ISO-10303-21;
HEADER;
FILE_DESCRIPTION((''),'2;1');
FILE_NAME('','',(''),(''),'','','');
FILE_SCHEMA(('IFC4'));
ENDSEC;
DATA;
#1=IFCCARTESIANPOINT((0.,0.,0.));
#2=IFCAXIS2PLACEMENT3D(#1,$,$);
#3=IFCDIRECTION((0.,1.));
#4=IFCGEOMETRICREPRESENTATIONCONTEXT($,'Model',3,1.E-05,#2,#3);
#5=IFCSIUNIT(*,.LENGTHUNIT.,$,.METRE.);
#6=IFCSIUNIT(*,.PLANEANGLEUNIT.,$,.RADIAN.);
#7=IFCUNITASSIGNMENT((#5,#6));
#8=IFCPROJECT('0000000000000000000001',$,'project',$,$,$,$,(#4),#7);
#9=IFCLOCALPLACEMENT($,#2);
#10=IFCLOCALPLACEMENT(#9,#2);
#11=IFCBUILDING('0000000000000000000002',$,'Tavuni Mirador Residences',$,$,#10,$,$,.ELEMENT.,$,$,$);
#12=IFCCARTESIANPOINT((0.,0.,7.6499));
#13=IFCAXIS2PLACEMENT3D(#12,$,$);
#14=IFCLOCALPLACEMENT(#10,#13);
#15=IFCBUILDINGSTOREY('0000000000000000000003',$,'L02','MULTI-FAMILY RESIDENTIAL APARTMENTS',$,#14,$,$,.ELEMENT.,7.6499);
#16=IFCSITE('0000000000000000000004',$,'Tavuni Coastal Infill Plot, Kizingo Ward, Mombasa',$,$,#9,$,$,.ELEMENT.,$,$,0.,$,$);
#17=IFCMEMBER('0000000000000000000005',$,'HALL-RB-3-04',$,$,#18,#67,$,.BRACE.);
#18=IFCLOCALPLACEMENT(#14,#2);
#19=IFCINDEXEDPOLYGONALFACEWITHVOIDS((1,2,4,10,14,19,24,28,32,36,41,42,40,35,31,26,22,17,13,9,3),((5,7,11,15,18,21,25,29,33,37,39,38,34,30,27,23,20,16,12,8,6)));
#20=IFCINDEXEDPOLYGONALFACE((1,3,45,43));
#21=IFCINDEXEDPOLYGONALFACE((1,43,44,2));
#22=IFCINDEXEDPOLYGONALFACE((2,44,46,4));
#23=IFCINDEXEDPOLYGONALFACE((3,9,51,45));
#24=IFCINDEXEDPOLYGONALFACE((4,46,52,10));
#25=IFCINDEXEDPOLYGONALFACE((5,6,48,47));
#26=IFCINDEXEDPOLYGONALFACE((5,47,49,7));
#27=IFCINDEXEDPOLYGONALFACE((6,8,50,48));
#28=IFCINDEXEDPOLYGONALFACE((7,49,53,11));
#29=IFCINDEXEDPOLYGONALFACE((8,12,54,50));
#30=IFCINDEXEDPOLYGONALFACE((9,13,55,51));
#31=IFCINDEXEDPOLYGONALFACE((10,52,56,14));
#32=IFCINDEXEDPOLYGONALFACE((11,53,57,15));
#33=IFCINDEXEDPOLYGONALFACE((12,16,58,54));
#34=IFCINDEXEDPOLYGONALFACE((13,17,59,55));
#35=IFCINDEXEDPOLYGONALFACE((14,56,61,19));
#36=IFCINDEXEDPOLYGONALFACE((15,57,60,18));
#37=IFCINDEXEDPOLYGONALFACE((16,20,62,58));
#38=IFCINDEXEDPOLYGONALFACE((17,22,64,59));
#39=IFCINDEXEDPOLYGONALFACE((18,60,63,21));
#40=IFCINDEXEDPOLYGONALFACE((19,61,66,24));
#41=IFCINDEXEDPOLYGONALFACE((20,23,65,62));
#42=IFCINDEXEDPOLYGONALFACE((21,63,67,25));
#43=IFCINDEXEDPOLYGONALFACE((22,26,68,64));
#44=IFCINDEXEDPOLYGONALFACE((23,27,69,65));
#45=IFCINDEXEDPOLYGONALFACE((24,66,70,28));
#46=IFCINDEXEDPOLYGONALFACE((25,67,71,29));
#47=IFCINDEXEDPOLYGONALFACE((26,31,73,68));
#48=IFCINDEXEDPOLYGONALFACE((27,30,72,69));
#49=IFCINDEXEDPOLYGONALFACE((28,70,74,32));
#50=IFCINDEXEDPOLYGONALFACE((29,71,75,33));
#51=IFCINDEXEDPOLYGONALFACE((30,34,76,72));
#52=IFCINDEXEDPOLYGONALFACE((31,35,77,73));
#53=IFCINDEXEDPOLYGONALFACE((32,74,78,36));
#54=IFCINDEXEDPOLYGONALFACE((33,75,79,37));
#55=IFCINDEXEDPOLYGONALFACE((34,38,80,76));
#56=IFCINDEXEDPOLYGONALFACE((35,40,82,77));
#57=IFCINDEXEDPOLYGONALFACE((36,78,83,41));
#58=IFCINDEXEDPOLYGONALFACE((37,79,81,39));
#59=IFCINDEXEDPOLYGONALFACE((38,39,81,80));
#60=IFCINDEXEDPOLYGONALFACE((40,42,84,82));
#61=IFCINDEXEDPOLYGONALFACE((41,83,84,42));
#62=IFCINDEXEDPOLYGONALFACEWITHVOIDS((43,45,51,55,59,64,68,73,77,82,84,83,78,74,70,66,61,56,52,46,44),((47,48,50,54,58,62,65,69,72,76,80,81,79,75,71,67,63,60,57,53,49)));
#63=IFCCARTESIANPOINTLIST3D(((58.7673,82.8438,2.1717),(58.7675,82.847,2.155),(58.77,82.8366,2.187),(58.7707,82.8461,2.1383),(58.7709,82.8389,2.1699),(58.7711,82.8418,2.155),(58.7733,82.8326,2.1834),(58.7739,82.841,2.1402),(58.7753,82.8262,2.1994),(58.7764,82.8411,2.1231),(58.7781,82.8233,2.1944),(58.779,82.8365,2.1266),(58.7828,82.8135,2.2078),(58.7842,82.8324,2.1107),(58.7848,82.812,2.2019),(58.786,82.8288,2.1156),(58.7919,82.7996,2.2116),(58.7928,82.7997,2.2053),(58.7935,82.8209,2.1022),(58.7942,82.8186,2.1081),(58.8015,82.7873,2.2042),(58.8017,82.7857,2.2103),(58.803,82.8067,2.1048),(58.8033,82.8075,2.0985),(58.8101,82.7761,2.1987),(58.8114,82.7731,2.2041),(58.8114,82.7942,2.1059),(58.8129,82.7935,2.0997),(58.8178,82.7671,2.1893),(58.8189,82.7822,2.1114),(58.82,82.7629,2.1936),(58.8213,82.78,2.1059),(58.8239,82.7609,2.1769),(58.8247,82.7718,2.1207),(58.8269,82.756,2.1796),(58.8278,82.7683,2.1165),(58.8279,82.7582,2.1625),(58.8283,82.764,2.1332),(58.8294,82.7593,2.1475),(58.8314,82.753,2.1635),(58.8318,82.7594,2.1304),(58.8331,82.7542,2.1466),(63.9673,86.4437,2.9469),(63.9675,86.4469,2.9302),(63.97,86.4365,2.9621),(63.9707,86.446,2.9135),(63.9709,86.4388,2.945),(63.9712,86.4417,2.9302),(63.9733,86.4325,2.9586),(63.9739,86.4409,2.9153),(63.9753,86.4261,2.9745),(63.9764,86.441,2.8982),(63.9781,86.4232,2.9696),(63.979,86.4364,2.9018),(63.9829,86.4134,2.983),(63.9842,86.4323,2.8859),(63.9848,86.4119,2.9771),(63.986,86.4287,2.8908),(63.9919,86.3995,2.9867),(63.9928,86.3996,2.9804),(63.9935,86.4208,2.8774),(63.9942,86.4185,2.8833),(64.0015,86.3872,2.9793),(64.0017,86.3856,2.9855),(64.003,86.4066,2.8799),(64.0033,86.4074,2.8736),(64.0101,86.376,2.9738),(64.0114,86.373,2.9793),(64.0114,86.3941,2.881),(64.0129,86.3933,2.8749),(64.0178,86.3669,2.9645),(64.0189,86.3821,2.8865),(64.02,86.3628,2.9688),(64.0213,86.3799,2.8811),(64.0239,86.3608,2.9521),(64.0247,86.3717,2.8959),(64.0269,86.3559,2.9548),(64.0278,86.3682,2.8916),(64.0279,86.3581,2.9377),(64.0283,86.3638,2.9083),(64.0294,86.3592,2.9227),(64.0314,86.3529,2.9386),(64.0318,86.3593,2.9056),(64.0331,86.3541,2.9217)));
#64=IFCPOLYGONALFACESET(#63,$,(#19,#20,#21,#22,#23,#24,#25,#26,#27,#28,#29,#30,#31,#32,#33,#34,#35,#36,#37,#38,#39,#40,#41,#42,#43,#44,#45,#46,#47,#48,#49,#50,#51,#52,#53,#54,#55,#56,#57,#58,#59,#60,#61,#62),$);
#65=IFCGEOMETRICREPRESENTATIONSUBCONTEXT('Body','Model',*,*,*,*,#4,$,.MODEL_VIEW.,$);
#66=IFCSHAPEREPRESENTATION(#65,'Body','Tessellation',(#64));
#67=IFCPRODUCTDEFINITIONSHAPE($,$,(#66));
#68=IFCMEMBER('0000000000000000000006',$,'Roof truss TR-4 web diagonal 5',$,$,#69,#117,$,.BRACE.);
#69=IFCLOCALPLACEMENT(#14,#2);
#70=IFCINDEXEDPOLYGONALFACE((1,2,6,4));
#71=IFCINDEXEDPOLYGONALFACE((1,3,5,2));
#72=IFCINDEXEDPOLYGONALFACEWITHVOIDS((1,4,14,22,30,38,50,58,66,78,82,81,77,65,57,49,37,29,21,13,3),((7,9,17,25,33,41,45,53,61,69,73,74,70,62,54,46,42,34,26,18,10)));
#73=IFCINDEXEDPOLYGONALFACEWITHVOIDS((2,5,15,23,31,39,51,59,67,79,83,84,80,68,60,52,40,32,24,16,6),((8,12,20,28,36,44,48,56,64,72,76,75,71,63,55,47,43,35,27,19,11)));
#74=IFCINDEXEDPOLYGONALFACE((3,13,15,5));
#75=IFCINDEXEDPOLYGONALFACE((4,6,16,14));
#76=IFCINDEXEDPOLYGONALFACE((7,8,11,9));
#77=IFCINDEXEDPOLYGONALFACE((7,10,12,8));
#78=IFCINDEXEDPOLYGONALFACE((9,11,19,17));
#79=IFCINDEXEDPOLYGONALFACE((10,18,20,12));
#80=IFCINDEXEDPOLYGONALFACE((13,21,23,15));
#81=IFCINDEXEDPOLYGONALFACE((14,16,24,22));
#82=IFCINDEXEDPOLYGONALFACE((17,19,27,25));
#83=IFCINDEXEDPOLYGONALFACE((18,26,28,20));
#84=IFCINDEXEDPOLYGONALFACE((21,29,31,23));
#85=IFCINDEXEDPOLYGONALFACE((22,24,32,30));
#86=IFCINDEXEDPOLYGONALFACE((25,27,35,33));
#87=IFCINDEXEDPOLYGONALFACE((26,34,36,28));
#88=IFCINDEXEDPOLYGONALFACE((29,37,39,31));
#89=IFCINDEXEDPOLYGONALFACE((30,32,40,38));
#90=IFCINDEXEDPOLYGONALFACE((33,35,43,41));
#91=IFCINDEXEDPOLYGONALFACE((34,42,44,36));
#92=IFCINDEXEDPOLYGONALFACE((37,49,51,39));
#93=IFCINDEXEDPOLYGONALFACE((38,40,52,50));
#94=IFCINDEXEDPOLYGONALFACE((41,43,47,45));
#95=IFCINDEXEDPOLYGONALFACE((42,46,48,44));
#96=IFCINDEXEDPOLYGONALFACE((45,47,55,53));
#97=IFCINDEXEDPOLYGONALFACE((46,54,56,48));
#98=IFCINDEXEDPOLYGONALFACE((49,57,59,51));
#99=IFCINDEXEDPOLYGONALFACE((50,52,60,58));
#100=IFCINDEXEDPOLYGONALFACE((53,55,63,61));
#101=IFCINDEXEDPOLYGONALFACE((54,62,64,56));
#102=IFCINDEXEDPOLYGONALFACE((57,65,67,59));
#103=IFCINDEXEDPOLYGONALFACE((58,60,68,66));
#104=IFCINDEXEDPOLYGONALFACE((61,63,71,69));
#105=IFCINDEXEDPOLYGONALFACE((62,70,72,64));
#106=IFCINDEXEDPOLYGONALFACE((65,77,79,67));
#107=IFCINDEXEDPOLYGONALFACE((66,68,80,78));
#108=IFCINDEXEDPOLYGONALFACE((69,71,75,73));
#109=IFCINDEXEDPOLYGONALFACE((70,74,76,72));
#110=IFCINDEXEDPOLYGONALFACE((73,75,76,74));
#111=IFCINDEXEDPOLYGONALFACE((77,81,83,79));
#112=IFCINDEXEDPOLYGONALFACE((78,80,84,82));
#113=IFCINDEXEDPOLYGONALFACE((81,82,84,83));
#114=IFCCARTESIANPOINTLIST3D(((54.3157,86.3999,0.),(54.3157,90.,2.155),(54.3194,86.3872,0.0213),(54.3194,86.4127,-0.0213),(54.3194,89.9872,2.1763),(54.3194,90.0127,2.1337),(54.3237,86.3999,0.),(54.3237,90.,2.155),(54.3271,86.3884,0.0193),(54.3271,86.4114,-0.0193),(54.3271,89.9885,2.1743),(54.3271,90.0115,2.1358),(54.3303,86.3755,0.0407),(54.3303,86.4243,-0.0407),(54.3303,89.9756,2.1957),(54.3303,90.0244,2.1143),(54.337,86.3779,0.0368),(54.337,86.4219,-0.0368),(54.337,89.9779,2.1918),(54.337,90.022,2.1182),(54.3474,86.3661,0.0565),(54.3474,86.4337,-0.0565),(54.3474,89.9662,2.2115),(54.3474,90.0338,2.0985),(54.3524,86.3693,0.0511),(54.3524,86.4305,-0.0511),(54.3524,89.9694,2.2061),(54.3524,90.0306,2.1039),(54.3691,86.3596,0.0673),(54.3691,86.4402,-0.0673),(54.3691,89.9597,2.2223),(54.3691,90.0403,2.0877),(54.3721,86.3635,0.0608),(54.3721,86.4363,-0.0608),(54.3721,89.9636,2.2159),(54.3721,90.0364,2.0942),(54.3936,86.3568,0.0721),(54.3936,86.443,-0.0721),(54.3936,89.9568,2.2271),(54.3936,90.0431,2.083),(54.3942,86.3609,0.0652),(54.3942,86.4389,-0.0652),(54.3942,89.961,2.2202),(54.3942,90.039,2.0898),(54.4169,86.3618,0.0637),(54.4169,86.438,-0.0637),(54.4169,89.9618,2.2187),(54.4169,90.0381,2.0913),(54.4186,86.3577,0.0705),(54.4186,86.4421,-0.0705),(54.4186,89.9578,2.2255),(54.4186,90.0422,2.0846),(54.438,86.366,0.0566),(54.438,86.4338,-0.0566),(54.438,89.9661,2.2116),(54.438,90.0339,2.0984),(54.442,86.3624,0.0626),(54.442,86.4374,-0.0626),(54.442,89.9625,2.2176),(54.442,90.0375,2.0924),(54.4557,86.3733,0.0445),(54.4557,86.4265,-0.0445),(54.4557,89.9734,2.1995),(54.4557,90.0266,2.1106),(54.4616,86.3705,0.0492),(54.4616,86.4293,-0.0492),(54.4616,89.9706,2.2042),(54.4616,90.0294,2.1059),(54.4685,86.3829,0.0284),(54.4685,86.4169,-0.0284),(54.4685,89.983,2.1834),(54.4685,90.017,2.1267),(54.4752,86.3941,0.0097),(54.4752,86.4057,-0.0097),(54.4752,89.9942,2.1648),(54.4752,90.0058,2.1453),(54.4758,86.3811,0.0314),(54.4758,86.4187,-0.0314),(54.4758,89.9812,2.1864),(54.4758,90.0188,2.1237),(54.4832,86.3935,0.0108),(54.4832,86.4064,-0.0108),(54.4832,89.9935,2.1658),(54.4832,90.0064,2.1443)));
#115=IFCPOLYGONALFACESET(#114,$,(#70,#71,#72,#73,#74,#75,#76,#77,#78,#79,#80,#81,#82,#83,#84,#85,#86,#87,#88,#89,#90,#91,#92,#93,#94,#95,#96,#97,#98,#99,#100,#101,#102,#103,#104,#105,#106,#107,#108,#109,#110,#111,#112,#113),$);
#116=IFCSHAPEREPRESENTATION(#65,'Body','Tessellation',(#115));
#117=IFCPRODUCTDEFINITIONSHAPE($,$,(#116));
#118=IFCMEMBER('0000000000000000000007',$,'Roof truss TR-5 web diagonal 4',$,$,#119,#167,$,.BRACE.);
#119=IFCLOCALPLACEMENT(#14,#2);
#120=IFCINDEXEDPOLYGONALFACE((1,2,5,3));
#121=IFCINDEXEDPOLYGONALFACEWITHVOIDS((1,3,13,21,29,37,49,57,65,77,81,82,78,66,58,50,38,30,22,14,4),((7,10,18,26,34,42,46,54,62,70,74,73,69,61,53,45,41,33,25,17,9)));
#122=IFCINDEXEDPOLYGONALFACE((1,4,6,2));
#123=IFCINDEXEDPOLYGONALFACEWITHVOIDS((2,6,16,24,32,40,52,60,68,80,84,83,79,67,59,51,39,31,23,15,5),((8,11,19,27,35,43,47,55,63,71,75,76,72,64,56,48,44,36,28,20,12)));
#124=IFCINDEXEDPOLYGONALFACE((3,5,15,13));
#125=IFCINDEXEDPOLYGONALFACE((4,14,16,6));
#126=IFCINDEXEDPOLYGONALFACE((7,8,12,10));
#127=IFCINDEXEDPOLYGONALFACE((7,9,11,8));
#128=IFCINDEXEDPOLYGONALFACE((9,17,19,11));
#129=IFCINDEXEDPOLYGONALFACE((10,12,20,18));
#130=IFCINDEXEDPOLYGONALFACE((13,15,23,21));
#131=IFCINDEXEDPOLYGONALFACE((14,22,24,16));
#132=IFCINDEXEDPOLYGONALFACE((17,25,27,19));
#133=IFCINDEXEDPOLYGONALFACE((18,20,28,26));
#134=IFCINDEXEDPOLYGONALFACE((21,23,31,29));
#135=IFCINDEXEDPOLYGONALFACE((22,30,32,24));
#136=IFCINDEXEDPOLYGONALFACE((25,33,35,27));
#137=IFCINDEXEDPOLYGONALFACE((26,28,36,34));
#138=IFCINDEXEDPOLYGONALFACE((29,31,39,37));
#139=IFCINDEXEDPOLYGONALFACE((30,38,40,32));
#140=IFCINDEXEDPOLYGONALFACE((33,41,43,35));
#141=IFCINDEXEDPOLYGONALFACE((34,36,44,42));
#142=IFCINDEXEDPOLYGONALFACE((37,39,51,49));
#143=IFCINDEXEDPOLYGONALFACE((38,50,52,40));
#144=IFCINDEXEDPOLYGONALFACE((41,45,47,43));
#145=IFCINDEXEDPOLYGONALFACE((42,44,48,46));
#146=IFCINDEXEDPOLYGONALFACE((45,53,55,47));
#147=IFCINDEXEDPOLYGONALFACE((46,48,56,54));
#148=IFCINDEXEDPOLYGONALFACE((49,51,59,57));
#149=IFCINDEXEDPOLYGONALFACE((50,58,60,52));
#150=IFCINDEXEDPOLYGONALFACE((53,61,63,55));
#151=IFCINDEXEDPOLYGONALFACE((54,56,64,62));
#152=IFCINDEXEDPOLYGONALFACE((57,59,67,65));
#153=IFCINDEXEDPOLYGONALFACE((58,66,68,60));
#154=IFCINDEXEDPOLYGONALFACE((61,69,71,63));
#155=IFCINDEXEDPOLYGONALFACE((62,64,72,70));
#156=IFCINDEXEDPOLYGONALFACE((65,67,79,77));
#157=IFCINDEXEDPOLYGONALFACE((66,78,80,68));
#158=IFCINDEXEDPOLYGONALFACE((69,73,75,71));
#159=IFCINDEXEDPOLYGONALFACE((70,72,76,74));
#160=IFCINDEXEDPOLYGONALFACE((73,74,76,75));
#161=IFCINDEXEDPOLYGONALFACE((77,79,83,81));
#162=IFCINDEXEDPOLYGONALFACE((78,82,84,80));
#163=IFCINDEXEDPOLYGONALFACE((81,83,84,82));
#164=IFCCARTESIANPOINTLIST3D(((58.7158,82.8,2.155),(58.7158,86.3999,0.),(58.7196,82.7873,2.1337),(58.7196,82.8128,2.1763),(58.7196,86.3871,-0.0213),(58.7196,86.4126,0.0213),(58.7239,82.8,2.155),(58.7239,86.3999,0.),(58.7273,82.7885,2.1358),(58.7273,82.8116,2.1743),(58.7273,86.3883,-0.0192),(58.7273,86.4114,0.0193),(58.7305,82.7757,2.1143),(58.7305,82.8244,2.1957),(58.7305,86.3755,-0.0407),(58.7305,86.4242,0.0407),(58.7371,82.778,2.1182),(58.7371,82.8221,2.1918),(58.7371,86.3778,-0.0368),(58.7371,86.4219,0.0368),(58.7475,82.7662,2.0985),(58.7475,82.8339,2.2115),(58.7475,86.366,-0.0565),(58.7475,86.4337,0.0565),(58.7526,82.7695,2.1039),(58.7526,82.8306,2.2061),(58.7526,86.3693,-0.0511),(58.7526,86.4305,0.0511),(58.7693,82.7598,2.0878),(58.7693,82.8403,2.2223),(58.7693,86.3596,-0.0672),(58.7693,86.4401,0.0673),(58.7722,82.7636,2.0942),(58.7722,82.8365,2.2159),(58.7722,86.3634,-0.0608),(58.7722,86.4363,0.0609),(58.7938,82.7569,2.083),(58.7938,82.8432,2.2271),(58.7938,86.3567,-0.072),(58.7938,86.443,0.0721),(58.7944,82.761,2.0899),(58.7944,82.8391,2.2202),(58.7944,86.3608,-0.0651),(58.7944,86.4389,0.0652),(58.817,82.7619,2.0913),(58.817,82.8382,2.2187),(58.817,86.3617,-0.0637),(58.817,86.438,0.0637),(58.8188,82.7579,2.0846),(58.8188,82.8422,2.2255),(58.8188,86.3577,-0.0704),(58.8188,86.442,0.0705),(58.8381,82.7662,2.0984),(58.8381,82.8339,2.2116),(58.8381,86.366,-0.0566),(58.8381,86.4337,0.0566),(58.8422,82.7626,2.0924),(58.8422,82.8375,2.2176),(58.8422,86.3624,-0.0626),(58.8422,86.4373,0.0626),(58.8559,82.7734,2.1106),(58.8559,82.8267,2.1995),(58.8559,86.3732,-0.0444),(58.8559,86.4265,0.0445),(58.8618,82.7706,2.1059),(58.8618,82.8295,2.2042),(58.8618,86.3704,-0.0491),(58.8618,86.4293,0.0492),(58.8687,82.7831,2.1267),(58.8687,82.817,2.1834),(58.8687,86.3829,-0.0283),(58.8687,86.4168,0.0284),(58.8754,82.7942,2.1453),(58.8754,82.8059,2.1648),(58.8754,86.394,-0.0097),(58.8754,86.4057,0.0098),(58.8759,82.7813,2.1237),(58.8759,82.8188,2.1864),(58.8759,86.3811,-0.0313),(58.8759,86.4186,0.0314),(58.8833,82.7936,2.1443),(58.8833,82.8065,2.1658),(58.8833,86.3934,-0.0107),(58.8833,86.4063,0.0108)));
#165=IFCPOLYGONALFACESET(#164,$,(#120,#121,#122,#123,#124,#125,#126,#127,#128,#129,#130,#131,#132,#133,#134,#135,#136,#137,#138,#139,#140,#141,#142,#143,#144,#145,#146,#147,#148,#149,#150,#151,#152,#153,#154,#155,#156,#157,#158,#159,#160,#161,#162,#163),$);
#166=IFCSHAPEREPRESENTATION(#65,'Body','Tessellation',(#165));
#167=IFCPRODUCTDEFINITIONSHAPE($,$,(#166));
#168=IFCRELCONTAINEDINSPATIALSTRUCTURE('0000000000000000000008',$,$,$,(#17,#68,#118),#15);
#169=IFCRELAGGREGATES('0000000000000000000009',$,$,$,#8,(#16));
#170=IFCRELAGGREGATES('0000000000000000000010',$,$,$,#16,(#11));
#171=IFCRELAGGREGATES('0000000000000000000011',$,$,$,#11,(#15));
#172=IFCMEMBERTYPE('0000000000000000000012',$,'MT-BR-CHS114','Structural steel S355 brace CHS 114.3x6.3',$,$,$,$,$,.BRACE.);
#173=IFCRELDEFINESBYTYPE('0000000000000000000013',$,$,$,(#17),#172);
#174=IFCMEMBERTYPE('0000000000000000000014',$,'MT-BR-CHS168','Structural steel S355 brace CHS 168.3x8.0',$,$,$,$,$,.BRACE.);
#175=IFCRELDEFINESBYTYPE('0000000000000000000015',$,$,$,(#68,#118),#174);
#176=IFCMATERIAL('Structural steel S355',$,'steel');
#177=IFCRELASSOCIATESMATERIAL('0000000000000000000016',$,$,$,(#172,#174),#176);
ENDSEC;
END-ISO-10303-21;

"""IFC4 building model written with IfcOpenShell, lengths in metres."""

from ifc_helpers import new_model, si_unit, direction, frame, origin, origin_2d, place, context, subcontext, project, spatial, hollow_circle, extrude, material, material_profile, profile_set, type_object, element, save


model = new_model("IFC4")

# Units and contexts
model_context = context("Model", 3, precision=1e-05, world=origin(), true_north=direction((0.0, 1.0)))
body_context = subcontext(model_context, "Body", "Model", "MODEL_VIEW")
ifc_project = project(units=[si_unit("LENGTHUNIT", "METRE"), si_unit("PLANEANGLEUNIT", "RADIAN")], contexts=[model_context])

# Site, building, storey
site_placement = place(None, origin())
site = spatial("IfcSite", under=ifc_project, at=site_placement, Name="Tavuni Coastal Infill Plot, Kizingo Ward, Mombasa", CompositionType="ELEMENT", RefElevation=0.0)
building_placement = place(site_placement, origin())
building = spatial("IfcBuilding", under=site, at=building_placement, Name="Tavuni Mirador Residences", CompositionType="ELEMENT")
storey_placement = place(building_placement, frame((0.0, 0.0, 7.6499)))
storey = spatial("IfcBuildingStorey", under=building, at=storey_placement, Name="L02", Description="MULTI-FAMILY RESIDENTIAL APARTMENTS", CompositionType="ELEMENT", Elevation=7.6499)

# Members
ifc_material_1 = material(Name="Structural steel S355", Category="steel")
ifc_material_profile_1 = material_profile(ifc_material_1, hollow_circle(Radius=0.0571, WallThickness=0.0063, at=origin_2d()), Name="CHS 114.3x6.3", Category="steel")
ifc_profile_set_1 = profile_set([ifc_material_profile_1], Name="Structural steel S355")
member_type_1 = type_object("IfcMemberType", Name="MT-BR-CHS114", Description="Structural steel S355 brace CHS 114.3x6.3", PredefinedType="BRACE", material=ifc_profile_set_1)
member_1_placement = place(storey_placement, frame((58.8, 82.8, 2.155), z_axis=(0.816094, 0.56497, 0.121653), x_axis=(-0.569198, 0.822201, 0.0)))
element("IfcMember", 1, at=member_1_placement, inside=storey, type_object=member_type_1, Name="HALL-RB-3-04", PredefinedType="BRACE", context=body_context, shape_type="SweptSolid", body=[
    extrude(hollow_circle(Radius=0.0571, WallThickness=0.0063, at=origin_2d()), origin(), (0.0, 0.0, 1.0), 6.3718),
])
ifc_material_profile_2 = material_profile(ifc_material_1, hollow_circle(Radius=0.0842, WallThickness=0.0081, at=origin_2d()), Name="CHS 168.3x8.0", Category="steel")
ifc_profile_set_2 = profile_set([ifc_material_profile_2], Name="Structural steel S355")
member_type_2 = type_object("IfcMemberType", Name="MT-BR-CHS168", Description="Structural steel S355 brace CHS 168.3x8.0", PredefinedType="BRACE", material=ifc_profile_set_2)
member_2_placement = place(storey_placement, frame((54.3999, 86.3999, 0.0), z_axis=(0.0, 0.858021, 0.513614), x_axis=(-1.0, 0.0, 0.0)))
element("IfcMember", 2, at=member_2_placement, inside=storey, type_object=member_type_2, Name="Roof truss TR-4 web diagonal 5", PredefinedType="BRACE", context=body_context, shape_type="SweptSolid", body=[
    extrude(hollow_circle(Radius=0.0842, WallThickness=0.0081, at=origin_2d()), origin(), (0.0, 0.0, 1.0), 4.1958),
])
member_3_placement = place(storey_placement, frame((58.8, 82.8, 2.155), z_axis=(0.0, 0.858006, -0.51364), x_axis=(-1.0, 0.0, 0.0)))
element("IfcMember", 3, at=member_3_placement, inside=storey, type_object=member_type_2, Name="Roof truss TR-5 web diagonal 4", PredefinedType="BRACE", context=body_context, shape_type="SweptSolid", body=[
    extrude(hollow_circle(Radius=0.0842, WallThickness=0.0081, at=origin_2d()), origin(), (0.0, 0.0, 1.0), 4.1956),
])

save(model, "model.ifc")
